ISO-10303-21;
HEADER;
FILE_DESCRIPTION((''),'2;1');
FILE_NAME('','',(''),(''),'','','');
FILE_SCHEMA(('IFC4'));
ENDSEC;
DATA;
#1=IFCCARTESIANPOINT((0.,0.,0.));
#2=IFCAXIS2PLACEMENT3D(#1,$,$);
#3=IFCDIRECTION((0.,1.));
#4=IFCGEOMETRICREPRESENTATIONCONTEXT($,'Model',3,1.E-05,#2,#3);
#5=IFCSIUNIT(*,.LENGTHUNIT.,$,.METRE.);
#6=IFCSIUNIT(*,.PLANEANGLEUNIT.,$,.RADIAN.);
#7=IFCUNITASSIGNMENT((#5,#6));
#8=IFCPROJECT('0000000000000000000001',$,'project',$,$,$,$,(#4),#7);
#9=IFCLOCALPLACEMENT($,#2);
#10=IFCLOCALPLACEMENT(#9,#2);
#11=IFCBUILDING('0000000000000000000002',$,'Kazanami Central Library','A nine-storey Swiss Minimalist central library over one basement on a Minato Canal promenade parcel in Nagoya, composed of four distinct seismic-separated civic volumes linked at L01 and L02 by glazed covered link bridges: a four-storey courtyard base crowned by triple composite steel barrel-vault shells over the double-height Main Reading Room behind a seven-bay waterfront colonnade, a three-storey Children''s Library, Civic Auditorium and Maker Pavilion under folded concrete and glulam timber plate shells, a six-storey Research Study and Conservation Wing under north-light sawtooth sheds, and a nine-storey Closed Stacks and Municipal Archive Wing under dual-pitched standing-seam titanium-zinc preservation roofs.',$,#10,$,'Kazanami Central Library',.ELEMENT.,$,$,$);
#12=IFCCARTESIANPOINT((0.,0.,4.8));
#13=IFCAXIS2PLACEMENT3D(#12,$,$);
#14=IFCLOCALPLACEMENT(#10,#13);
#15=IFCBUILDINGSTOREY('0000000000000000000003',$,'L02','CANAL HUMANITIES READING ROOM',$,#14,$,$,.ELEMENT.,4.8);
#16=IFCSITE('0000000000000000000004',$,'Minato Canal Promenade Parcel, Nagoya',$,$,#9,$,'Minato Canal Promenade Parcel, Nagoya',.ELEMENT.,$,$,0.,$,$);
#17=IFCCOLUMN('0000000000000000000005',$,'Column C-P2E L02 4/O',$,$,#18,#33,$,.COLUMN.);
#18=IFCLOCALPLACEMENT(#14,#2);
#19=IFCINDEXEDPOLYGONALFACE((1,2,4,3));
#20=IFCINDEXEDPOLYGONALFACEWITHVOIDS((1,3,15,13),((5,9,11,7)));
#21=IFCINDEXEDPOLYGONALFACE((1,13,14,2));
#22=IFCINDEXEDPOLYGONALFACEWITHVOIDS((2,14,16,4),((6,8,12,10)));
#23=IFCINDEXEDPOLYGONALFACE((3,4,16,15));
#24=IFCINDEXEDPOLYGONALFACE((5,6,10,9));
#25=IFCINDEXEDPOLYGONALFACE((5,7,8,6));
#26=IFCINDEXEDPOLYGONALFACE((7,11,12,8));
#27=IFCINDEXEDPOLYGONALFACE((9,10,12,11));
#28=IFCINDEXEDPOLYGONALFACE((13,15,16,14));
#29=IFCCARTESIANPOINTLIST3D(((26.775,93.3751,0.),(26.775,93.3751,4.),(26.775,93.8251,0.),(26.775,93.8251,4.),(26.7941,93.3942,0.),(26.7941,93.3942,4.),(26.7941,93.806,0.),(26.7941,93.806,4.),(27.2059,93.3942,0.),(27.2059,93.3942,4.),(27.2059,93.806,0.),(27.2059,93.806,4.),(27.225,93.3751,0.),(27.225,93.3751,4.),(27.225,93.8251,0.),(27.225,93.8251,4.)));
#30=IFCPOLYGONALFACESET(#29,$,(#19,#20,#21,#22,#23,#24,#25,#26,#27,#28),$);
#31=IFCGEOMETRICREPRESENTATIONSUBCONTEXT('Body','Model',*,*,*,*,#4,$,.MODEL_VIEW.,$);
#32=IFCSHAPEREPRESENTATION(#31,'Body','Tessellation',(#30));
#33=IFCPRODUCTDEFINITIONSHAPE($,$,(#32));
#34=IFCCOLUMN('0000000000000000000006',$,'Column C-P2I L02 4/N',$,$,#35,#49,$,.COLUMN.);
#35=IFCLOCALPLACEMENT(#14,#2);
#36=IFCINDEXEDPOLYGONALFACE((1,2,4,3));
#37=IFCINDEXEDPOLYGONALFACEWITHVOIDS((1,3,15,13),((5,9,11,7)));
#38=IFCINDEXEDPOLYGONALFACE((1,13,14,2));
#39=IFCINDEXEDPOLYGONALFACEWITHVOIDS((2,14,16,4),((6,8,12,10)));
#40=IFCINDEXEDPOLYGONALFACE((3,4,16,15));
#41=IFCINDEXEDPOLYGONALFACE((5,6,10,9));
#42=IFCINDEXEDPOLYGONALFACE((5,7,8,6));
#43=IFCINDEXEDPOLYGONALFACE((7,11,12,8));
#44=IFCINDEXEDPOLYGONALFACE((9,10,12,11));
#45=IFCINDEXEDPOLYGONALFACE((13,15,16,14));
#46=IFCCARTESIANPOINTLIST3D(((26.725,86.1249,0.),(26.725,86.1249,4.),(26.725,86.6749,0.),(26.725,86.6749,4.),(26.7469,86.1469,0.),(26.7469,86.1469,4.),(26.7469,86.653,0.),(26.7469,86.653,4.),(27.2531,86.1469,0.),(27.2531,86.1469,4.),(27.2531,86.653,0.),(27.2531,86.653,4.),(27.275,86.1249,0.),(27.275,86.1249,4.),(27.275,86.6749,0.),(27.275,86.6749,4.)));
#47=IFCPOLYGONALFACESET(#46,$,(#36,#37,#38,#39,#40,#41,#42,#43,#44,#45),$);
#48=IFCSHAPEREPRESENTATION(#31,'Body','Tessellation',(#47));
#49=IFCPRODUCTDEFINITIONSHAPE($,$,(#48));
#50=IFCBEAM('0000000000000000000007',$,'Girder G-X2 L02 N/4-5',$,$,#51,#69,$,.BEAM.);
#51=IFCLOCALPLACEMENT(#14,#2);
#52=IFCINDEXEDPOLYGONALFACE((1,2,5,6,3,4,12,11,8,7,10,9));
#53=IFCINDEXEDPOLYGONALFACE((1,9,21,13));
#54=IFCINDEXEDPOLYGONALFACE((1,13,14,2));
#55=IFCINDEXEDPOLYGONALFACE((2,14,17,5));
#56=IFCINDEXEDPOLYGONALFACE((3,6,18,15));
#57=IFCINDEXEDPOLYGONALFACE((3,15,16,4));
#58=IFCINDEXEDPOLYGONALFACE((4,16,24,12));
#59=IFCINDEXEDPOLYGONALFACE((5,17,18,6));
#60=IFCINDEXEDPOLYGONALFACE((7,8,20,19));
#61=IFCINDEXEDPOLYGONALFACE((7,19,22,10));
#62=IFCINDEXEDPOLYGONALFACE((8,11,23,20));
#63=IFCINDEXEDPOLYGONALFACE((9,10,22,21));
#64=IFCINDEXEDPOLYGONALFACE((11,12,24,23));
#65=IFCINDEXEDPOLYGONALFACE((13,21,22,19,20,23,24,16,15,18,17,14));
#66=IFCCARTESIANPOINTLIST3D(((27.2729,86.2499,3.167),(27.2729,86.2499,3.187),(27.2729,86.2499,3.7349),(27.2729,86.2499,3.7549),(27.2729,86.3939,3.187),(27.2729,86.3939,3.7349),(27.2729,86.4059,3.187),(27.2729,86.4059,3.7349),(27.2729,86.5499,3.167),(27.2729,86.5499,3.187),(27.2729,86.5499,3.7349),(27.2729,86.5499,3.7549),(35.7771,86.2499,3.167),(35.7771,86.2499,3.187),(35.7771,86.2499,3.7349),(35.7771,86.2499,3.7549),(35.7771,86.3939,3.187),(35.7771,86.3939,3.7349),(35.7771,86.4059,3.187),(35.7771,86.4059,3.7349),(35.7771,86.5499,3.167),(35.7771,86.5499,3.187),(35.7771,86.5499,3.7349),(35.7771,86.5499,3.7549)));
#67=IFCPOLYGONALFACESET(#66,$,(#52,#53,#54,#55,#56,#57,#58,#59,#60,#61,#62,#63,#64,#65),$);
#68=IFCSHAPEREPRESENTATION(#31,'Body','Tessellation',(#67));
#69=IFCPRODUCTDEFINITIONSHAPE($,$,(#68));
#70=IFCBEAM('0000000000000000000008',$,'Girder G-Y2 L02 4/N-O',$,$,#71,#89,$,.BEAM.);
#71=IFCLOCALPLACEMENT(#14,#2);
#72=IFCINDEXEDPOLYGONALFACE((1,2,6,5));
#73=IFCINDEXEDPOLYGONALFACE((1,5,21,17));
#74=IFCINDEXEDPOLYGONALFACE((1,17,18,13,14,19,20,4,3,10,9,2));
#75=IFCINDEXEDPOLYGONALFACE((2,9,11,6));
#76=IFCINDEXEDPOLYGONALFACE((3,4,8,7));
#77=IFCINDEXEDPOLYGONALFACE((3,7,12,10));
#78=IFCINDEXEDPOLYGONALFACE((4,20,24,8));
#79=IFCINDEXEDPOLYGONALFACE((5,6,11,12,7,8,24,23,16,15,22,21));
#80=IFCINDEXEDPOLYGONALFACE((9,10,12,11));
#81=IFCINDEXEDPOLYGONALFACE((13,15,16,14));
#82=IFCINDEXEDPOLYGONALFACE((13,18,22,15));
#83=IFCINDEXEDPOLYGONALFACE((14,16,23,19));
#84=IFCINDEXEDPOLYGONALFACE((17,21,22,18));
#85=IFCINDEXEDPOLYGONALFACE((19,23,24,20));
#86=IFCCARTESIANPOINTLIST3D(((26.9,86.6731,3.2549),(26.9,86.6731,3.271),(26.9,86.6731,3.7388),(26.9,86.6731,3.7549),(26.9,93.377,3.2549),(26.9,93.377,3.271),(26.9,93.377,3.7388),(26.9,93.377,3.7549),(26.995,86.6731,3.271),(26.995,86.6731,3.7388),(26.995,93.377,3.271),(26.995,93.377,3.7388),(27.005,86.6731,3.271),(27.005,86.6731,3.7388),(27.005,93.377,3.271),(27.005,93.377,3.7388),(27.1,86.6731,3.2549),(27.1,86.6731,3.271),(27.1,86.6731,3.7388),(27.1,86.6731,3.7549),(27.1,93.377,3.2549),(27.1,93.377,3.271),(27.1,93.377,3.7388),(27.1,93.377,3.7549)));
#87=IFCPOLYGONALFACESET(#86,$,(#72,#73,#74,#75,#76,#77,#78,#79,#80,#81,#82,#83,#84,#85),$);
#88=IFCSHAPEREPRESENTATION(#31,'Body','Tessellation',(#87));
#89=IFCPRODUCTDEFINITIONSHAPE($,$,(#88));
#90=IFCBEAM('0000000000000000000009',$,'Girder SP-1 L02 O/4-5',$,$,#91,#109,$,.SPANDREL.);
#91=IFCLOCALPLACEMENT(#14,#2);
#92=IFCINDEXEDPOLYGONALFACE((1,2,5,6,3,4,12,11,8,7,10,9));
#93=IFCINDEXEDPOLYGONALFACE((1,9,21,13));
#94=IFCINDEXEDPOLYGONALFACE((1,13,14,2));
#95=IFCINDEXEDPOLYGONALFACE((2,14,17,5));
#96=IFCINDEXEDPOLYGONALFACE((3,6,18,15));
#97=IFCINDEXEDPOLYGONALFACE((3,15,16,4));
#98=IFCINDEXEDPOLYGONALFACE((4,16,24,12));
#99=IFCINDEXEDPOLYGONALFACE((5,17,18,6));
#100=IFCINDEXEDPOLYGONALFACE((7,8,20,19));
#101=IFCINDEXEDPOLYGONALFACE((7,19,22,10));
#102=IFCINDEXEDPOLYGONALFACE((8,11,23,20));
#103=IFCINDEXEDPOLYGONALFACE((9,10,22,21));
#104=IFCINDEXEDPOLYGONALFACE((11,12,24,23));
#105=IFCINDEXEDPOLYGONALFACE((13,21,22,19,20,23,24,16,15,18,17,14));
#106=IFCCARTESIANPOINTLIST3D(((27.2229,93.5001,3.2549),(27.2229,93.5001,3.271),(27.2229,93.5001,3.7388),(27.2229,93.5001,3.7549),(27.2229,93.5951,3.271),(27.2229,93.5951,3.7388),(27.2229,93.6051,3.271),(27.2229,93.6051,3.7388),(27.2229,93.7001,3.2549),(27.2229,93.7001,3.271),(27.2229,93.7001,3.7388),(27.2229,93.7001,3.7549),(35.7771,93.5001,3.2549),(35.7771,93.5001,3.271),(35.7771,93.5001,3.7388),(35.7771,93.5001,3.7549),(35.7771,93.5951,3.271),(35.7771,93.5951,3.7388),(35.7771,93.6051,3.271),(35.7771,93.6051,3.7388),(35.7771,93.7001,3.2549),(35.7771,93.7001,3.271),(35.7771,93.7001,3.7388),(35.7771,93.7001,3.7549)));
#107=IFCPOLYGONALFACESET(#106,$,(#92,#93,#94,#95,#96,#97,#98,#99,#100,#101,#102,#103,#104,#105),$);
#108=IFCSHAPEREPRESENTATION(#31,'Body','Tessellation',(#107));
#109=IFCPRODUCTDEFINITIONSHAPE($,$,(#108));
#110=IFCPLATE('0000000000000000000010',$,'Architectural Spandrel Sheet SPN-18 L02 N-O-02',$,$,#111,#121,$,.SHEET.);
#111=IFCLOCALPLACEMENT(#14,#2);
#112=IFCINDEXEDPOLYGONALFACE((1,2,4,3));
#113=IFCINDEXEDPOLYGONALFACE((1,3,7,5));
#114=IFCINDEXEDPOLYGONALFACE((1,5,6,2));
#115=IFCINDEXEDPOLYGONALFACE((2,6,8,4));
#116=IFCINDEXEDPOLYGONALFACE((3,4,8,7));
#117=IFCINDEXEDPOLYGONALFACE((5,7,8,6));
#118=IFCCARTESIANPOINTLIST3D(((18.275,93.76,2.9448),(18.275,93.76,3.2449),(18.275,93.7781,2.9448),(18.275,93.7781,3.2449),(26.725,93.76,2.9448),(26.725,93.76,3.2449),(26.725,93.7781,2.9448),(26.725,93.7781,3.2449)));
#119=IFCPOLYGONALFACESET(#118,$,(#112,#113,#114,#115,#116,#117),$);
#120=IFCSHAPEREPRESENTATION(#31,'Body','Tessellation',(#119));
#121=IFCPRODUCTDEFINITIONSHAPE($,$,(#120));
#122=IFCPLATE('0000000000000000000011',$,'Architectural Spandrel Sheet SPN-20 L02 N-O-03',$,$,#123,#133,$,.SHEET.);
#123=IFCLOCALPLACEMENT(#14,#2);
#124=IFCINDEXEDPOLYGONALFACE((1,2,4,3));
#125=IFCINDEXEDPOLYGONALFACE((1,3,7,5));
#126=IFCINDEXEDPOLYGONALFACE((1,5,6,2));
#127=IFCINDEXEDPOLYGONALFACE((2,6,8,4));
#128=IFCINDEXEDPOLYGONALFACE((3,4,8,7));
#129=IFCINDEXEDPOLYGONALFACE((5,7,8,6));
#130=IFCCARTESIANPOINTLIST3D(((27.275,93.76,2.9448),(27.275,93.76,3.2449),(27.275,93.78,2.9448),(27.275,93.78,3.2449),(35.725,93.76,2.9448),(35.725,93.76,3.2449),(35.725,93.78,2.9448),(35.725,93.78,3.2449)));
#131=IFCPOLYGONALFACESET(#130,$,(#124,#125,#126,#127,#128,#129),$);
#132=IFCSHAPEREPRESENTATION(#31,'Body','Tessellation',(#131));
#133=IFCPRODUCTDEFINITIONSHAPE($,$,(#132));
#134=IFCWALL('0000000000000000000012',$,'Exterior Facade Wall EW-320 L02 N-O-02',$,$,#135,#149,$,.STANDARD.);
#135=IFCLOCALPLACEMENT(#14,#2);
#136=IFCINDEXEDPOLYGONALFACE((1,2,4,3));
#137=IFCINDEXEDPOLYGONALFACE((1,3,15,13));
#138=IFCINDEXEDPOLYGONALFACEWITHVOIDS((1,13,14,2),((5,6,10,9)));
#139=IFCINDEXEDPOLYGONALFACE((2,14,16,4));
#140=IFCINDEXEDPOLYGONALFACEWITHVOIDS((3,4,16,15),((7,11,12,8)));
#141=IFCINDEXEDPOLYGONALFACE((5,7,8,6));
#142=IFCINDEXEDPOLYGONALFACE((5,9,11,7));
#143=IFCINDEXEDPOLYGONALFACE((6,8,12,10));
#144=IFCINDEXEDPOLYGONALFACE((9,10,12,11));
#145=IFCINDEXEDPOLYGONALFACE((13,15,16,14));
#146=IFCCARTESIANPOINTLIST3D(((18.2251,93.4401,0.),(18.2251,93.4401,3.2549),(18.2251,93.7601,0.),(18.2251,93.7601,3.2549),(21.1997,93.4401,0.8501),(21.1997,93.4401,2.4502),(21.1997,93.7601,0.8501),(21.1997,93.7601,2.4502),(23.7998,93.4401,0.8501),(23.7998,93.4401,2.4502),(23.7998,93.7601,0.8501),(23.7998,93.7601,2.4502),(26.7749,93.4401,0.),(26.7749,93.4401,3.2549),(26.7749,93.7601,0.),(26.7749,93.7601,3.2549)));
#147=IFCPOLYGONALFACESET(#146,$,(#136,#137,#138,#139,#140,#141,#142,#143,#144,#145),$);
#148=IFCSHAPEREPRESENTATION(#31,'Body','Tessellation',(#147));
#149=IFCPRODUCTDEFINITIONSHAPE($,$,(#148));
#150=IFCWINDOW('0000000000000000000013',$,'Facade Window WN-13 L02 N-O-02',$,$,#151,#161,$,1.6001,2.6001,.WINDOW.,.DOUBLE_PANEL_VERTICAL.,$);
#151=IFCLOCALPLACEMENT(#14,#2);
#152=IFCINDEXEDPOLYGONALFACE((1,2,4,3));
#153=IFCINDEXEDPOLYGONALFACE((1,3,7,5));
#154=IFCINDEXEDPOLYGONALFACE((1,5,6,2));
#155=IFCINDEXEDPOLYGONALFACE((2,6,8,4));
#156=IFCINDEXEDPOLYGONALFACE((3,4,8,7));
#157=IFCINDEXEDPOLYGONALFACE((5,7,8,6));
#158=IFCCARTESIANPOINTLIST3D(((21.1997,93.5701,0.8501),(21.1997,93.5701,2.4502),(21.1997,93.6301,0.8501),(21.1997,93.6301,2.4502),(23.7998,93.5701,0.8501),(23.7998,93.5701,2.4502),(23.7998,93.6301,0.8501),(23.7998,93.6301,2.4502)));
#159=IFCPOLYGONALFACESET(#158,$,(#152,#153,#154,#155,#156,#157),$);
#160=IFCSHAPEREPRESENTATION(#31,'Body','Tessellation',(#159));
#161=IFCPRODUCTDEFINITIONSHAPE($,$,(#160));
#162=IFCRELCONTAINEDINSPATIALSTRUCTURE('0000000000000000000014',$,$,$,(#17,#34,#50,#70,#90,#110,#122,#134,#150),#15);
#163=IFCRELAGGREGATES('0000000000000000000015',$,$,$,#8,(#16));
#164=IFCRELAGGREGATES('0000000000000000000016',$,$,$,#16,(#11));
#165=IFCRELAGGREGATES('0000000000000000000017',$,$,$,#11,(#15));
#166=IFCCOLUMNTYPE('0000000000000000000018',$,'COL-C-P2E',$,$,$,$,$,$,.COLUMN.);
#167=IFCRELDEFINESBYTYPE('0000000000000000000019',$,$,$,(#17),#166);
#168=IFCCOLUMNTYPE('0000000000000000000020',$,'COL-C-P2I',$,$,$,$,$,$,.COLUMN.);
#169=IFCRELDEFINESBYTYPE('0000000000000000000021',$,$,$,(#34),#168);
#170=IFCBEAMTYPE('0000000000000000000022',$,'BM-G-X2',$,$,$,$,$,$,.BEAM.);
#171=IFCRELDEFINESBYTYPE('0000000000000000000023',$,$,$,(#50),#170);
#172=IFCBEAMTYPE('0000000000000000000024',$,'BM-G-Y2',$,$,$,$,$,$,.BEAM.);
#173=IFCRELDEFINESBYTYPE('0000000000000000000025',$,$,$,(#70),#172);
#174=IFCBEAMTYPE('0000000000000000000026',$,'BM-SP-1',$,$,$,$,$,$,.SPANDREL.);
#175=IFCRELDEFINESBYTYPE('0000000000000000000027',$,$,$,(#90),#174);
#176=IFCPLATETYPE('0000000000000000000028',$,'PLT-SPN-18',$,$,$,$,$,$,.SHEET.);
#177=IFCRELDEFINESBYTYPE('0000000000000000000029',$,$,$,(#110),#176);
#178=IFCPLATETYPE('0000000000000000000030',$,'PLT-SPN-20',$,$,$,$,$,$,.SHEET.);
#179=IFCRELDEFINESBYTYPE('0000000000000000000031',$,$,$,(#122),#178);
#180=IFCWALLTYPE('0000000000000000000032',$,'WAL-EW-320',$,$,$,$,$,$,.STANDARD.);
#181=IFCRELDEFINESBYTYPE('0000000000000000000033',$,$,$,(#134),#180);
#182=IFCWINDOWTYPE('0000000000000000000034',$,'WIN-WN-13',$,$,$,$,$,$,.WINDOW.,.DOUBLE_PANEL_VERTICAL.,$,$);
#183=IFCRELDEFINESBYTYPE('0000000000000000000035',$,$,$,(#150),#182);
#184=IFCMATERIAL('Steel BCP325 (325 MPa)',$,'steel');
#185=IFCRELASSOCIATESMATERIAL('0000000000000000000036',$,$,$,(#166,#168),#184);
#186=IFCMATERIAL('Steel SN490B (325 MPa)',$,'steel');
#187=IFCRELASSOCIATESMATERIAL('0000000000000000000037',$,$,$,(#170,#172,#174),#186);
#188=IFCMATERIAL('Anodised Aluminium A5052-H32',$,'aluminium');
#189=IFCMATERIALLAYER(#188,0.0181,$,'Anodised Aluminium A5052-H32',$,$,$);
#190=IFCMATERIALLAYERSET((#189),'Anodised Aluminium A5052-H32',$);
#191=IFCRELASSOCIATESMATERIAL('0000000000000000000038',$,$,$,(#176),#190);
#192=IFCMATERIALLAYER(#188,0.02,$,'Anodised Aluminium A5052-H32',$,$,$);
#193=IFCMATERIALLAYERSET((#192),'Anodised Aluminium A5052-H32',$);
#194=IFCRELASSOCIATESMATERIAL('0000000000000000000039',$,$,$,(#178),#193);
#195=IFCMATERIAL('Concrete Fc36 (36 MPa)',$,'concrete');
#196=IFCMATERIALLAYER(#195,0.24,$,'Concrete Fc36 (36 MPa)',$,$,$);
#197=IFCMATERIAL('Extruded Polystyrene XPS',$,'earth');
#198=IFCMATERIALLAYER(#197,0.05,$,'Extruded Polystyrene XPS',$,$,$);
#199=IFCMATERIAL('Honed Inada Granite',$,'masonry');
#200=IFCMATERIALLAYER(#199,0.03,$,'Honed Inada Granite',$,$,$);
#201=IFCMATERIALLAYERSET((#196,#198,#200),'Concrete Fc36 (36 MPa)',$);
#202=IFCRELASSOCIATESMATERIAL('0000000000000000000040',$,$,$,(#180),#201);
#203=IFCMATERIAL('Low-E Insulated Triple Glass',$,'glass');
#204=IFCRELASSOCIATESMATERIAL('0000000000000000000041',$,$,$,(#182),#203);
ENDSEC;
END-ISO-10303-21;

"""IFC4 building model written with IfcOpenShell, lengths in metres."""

from ifc_helpers import new_model, si_unit, direction, frame, frame_2d, origin, origin_2d, place, context, subcontext, project, spatial, rectangle, hollow_rectangle, i_section, extrude, material, layer, layer_set, material_profile, profile_set, type_object, element, fill, save


model = new_model("IFC4")

# Units and contexts
model_context = context("Model", 3, precision=1e-05, world=origin(), true_north=direction((0.0, 1.0)))
body_context = subcontext(model_context, "Body", "Model", "MODEL_VIEW")
ifc_project = project(units=[si_unit("LENGTHUNIT", "METRE"), si_unit("PLANEANGLEUNIT", "RADIAN")], contexts=[model_context])

# Site, building, storey
site_placement = place(None, origin())
site = spatial("IfcSite", under=ifc_project, at=site_placement, Name="Minato Canal Promenade Parcel, Nagoya", LongName="Minato Canal Promenade Parcel, Nagoya", CompositionType="ELEMENT", RefElevation=0.0)
building_placement = place(site_placement, origin())
building = spatial("IfcBuilding", under=site, at=building_placement, Name="Kazanami Central Library", Description="A nine-storey Swiss Minimalist central library over one basement on a Minato Canal promenade parcel in Nagoya, composed of four distinct seismic-separated civic volumes linked at L01 and L02 by glazed covered link bridges: a four-storey courtyard base crowned by triple composite steel barrel-vault shells over the double-height Main Reading Room behind a seven-bay waterfront colonnade, a three-storey Children's Library, Civic Auditorium and Maker Pavilion under folded concrete and glulam timber plate shells, a six-storey Research Study and Conservation Wing under north-light sawtooth sheds, and a nine-storey Closed Stacks and Municipal Archive Wing under dual-pitched standing-seam titanium-zinc preservation roofs.", LongName="Kazanami Central Library", CompositionType="ELEMENT")
storey_placement = place(building_placement, frame((0.0, 0.0, 4.8)))
storey = spatial("IfcBuildingStorey", under=building, at=storey_placement, Name="L02", Description="CANAL HUMANITIES READING ROOM", CompositionType="ELEMENT", Elevation=4.8)

# Columns
ifc_material_1 = material(Name="Steel BCP325 (325 MPa)", Category="steel")
ifc_material_profile_1 = material_profile(ifc_material_1, hollow_rectangle(XDim=0.45, YDim=0.45, WallThickness=0.019, at=origin_2d()), Name="BCP-450x450x19")
ifc_profile_set_1 = profile_set([ifc_material_profile_1], Name="Steel BCP325 (325 MPa)")
column_type_1 = type_object("IfcColumnType", Name="COL-C-P2E", PredefinedType="COLUMN", material=ifc_profile_set_1)
column_1_placement = place(storey_placement, frame((27.0, 93.6001, 0.0), z_axis=(0.0, 0.0, 1.0), x_axis=(1.0, 0.0, 0.0)))
element("IfcColumn", 1, at=column_1_placement, inside=storey, type_object=column_type_1, Name="Column C-P2E L02 4/O", PredefinedType="COLUMN", context=body_context, shape_type="SweptSolid", body=[
    extrude(hollow_rectangle(XDim=0.45, YDim=0.45, WallThickness=0.019, at=origin_2d()), origin(), (0.0, 0.0, 1.0), 4.0),
])
ifc_material_profile_2 = material_profile(ifc_material_1, hollow_rectangle(XDim=0.55, YDim=0.55, WallThickness=0.022, at=origin_2d()), Name="BCP-550x550x22")
ifc_profile_set_2 = profile_set([ifc_material_profile_2], Name="Steel BCP325 (325 MPa)")
column_type_2 = type_object("IfcColumnType", Name="COL-C-P2I", PredefinedType="COLUMN", material=ifc_profile_set_2)
column_2_placement = place(storey_placement, frame((27.0, 86.3999, 0.0), z_axis=(0.0, 0.0, 1.0), x_axis=(1.0, 0.0, 0.0)))
element("IfcColumn", 2, at=column_2_placement, inside=storey, type_object=column_type_2, Name="Column C-P2I L02 4/N", PredefinedType="COLUMN", context=body_context, shape_type="SweptSolid", body=[
    extrude(hollow_rectangle(XDim=0.55, YDim=0.55, WallThickness=0.022, at=origin_2d()), origin(), (0.0, 0.0, 1.0), 4.0),
])

# Beams
ifc_material_2 = material(Name="Steel SN490B (325 MPa)", Category="steel")
ifc_material_profile_3 = material_profile(ifc_material_2, i_section(OverallWidth=0.3, OverallDepth=0.5879, WebThickness=0.012, FlangeThickness=0.02, at=origin_2d()), Name="H-588x300x12x20")
ifc_profile_set_3 = profile_set([ifc_material_profile_3], Name="Steel SN490B (325 MPa)")
beam_type_1 = type_object("IfcBeamType", Name="BM-G-X2", PredefinedType="BEAM", material=ifc_profile_set_3)
beam_1_placement = place(storey_placement, frame((27.2729, 86.3999, 3.4609), z_axis=(1.0, 0.0, 0.0), x_axis=(0.0, 1.0, 0.0)))
element("IfcBeam", 3, at=beam_1_placement, inside=storey, type_object=beam_type_1, Name="Girder G-X2 L02 N/4-5", PredefinedType="BEAM", context=body_context, shape_type="SweptSolid", body=[
    extrude(i_section(OverallWidth=0.3, OverallDepth=0.5879, WebThickness=0.012, FlangeThickness=0.02, at=origin_2d()), origin(), (0.0, 0.0, 1.0), 8.5042),
])
ifc_material_profile_4 = material_profile(ifc_material_2, i_section(OverallWidth=0.2, OverallDepth=0.5, WebThickness=0.01, FlangeThickness=0.0161, at=origin_2d()), Name="H-500x200x10x16")
ifc_profile_set_4 = profile_set([ifc_material_profile_4], Name="Steel SN490B (325 MPa)")
beam_type_2 = type_object("IfcBeamType", Name="BM-G-Y2", PredefinedType="BEAM", material=ifc_profile_set_4)
beam_2_placement = place(storey_placement, frame((27.0, 86.6731, 3.5049), z_axis=(0.0, 1.0, 0.0), x_axis=(-1.0, 0.0, 0.0)))
element("IfcBeam", 4, at=beam_2_placement, inside=storey, type_object=beam_type_2, Name="Girder G-Y2 L02 4/N-O", PredefinedType="BEAM", context=body_context, shape_type="SweptSolid", body=[
    extrude(i_section(OverallWidth=0.2, OverallDepth=0.5, WebThickness=0.01, FlangeThickness=0.0161, at=origin_2d()), origin(), (0.0, 0.0, 1.0), 6.7039),
])
ifc_material_profile_5 = material_profile(ifc_material_2, i_section(OverallWidth=0.2, OverallDepth=0.5, WebThickness=0.01, FlangeThickness=0.0161, at=origin_2d()), Name="H-500x200x10x16")
ifc_profile_set_5 = profile_set([ifc_material_profile_5], Name="Steel SN490B (325 MPa)")
beam_type_3 = type_object("IfcBeamType", Name="BM-SP-1", PredefinedType="SPANDREL", material=ifc_profile_set_5)
beam_3_placement = place(storey_placement, frame((27.2229, 93.6001, 3.5049), z_axis=(1.0, 0.0, 0.0), x_axis=(0.0, 1.0, 0.0)))
element("IfcBeam", 5, at=beam_3_placement, inside=storey, type_object=beam_type_3, Name="Girder SP-1 L02 O/4-5", PredefinedType="SPANDREL", context=body_context, shape_type="SweptSolid", body=[
    extrude(i_section(OverallWidth=0.2, OverallDepth=0.5, WebThickness=0.01, FlangeThickness=0.0161, at=origin_2d()), origin(), (0.0, 0.0, 1.0), 8.5542),
])

# Plates
ifc_material_3 = material(Name="Anodised Aluminium A5052-H32", Category="aluminium")
ifc_layer_1 = layer(ifc_material_3, 0.0181, Name="Anodised Aluminium A5052-H32")
ifc_layer_set_1 = layer_set([ifc_layer_1], Name="Anodised Aluminium A5052-H32")
plate_type_1 = type_object("IfcPlateType", Name="PLT-SPN-18", PredefinedType="SHEET", material=ifc_layer_set_1)
plate_1_placement = place(storey_placement, frame((22.5, 93.769, 2.9448), z_axis=(0.0, 0.0, 1.0), x_axis=(-1.0, 0.0, 0.0)))
element("IfcPlate", 6, at=plate_1_placement, inside=storey, type_object=plate_type_1, Name="Architectural Spandrel Sheet SPN-18 L02 N-O-02", PredefinedType="SHEET", context=body_context, shape_type="SweptSolid", body=[
    extrude(rectangle(XDim=8.45, YDim=0.0181, at=origin_2d()), origin(), (0.0, 0.0, 1.0), 0.3),
])
ifc_layer_2 = layer(ifc_material_3, 0.02, Name="Anodised Aluminium A5052-H32")
ifc_layer_set_2 = layer_set([ifc_layer_2], Name="Anodised Aluminium A5052-H32")
plate_type_2 = type_object("IfcPlateType", Name="PLT-SPN-20", PredefinedType="SHEET", material=ifc_layer_set_2)
plate_2_placement = place(storey_placement, frame((31.5, 93.77, 2.9448), z_axis=(0.0, 0.0, 1.0), x_axis=(-1.0, 0.0, 0.0)))
element("IfcPlate", 7, at=plate_2_placement, inside=storey, type_object=plate_type_2, Name="Architectural Spandrel Sheet SPN-20 L02 N-O-03", PredefinedType="SHEET", context=body_context, shape_type="SweptSolid", body=[
    extrude(rectangle(XDim=8.45, YDim=0.02, at=origin_2d()), origin(), (0.0, 0.0, 1.0), 0.3),
])

# Wall, opening, window
ifc_material_4 = material(Name="Concrete Fc36 (36 MPa)", Category="concrete")
ifc_layer_3 = layer(ifc_material_4, 0.24, Name="Concrete Fc36 (36 MPa)")
ifc_material_5 = material(Name="Extruded Polystyrene XPS", Category="earth")
ifc_layer_4 = layer(ifc_material_5, 0.05, Name="Extruded Polystyrene XPS")
ifc_material_6 = material(Name="Honed Inada Granite", Category="masonry")
ifc_layer_5 = layer(ifc_material_6, 0.03, Name="Honed Inada Granite")
ifc_layer_set_3 = layer_set([ifc_layer_3, ifc_layer_4, ifc_layer_5], Name="Concrete Fc36 (36 MPa)")
wall_type_1 = type_object("IfcWallType", Name="WAL-EW-320", PredefinedType="STANDARD", material=ifc_layer_set_3)
wall_1_placement = place(storey_placement, frame((26.7749, 93.6001, 0.0), z_axis=(0.0, 0.0, 1.0), x_axis=(-1.0, 0.0, 0.0)))
wall_1 = element("IfcWall", 8, at=wall_1_placement, inside=storey, type_object=wall_type_1, Name="Exterior Facade Wall EW-320 L02 N-O-02", PredefinedType="STANDARD", context=body_context, shape_type="SweptSolid", body=[
    extrude(rectangle(XDim=8.5498, YDim=0.3201, at=frame_2d((4.2749, 0.0))), origin(), (0.0, 0.0, 1.0), 3.2549),
])
opening_1_placement = place(wall_1_placement, frame((2.9751, 0.0, 0.8501)))
opening_1 = element("IfcOpeningElement", 9, at=opening_1_placement, cuts=wall_1, PredefinedType="OPENING", context=body_context, shape_type="SweptSolid", body=[
    extrude(rectangle(XDim=2.6001, YDim=1.6001, at=frame_2d((1.3, 0.8))), frame((0.0, 0.1719, 0.0), z_axis=(0.0, -1.0, 0.0), x_axis=(1.0, 0.0, 0.0)), (0.0, 0.0, 1.0), 0.344),
])
ifc_material_7 = material(Name="Low-E Insulated Triple Glass", Category="glass")
window_type = type_object("IfcWindowType", Name="WIN-WN-13", PartitioningType="DOUBLE_PANEL_VERTICAL", PredefinedType="WINDOW", material=ifc_material_7)
window_1_placement = place(opening_1_placement, origin())
window_1 = element("IfcWindow", 10, at=window_1_placement, inside=storey, type_object=window_type, Name="Facade Window WN-13 L02 N-O-02", OverallHeight=1.6001, OverallWidth=2.6001, PartitioningType="DOUBLE_PANEL_VERTICAL", PredefinedType="WINDOW", context=body_context, shape_type="SweptSolid", body=[
    extrude(rectangle(XDim=2.6001, YDim=1.6001, at=frame_2d((1.3, 0.8))), frame((0.0, 0.03, 0.0), z_axis=(0.0, -1.0, 0.0), x_axis=(1.0, 0.0, 0.0)), (0.0, 0.0, 1.0), 0.0601),
])
fill(opening_1, window_1)

save(model, "model.ifc")
